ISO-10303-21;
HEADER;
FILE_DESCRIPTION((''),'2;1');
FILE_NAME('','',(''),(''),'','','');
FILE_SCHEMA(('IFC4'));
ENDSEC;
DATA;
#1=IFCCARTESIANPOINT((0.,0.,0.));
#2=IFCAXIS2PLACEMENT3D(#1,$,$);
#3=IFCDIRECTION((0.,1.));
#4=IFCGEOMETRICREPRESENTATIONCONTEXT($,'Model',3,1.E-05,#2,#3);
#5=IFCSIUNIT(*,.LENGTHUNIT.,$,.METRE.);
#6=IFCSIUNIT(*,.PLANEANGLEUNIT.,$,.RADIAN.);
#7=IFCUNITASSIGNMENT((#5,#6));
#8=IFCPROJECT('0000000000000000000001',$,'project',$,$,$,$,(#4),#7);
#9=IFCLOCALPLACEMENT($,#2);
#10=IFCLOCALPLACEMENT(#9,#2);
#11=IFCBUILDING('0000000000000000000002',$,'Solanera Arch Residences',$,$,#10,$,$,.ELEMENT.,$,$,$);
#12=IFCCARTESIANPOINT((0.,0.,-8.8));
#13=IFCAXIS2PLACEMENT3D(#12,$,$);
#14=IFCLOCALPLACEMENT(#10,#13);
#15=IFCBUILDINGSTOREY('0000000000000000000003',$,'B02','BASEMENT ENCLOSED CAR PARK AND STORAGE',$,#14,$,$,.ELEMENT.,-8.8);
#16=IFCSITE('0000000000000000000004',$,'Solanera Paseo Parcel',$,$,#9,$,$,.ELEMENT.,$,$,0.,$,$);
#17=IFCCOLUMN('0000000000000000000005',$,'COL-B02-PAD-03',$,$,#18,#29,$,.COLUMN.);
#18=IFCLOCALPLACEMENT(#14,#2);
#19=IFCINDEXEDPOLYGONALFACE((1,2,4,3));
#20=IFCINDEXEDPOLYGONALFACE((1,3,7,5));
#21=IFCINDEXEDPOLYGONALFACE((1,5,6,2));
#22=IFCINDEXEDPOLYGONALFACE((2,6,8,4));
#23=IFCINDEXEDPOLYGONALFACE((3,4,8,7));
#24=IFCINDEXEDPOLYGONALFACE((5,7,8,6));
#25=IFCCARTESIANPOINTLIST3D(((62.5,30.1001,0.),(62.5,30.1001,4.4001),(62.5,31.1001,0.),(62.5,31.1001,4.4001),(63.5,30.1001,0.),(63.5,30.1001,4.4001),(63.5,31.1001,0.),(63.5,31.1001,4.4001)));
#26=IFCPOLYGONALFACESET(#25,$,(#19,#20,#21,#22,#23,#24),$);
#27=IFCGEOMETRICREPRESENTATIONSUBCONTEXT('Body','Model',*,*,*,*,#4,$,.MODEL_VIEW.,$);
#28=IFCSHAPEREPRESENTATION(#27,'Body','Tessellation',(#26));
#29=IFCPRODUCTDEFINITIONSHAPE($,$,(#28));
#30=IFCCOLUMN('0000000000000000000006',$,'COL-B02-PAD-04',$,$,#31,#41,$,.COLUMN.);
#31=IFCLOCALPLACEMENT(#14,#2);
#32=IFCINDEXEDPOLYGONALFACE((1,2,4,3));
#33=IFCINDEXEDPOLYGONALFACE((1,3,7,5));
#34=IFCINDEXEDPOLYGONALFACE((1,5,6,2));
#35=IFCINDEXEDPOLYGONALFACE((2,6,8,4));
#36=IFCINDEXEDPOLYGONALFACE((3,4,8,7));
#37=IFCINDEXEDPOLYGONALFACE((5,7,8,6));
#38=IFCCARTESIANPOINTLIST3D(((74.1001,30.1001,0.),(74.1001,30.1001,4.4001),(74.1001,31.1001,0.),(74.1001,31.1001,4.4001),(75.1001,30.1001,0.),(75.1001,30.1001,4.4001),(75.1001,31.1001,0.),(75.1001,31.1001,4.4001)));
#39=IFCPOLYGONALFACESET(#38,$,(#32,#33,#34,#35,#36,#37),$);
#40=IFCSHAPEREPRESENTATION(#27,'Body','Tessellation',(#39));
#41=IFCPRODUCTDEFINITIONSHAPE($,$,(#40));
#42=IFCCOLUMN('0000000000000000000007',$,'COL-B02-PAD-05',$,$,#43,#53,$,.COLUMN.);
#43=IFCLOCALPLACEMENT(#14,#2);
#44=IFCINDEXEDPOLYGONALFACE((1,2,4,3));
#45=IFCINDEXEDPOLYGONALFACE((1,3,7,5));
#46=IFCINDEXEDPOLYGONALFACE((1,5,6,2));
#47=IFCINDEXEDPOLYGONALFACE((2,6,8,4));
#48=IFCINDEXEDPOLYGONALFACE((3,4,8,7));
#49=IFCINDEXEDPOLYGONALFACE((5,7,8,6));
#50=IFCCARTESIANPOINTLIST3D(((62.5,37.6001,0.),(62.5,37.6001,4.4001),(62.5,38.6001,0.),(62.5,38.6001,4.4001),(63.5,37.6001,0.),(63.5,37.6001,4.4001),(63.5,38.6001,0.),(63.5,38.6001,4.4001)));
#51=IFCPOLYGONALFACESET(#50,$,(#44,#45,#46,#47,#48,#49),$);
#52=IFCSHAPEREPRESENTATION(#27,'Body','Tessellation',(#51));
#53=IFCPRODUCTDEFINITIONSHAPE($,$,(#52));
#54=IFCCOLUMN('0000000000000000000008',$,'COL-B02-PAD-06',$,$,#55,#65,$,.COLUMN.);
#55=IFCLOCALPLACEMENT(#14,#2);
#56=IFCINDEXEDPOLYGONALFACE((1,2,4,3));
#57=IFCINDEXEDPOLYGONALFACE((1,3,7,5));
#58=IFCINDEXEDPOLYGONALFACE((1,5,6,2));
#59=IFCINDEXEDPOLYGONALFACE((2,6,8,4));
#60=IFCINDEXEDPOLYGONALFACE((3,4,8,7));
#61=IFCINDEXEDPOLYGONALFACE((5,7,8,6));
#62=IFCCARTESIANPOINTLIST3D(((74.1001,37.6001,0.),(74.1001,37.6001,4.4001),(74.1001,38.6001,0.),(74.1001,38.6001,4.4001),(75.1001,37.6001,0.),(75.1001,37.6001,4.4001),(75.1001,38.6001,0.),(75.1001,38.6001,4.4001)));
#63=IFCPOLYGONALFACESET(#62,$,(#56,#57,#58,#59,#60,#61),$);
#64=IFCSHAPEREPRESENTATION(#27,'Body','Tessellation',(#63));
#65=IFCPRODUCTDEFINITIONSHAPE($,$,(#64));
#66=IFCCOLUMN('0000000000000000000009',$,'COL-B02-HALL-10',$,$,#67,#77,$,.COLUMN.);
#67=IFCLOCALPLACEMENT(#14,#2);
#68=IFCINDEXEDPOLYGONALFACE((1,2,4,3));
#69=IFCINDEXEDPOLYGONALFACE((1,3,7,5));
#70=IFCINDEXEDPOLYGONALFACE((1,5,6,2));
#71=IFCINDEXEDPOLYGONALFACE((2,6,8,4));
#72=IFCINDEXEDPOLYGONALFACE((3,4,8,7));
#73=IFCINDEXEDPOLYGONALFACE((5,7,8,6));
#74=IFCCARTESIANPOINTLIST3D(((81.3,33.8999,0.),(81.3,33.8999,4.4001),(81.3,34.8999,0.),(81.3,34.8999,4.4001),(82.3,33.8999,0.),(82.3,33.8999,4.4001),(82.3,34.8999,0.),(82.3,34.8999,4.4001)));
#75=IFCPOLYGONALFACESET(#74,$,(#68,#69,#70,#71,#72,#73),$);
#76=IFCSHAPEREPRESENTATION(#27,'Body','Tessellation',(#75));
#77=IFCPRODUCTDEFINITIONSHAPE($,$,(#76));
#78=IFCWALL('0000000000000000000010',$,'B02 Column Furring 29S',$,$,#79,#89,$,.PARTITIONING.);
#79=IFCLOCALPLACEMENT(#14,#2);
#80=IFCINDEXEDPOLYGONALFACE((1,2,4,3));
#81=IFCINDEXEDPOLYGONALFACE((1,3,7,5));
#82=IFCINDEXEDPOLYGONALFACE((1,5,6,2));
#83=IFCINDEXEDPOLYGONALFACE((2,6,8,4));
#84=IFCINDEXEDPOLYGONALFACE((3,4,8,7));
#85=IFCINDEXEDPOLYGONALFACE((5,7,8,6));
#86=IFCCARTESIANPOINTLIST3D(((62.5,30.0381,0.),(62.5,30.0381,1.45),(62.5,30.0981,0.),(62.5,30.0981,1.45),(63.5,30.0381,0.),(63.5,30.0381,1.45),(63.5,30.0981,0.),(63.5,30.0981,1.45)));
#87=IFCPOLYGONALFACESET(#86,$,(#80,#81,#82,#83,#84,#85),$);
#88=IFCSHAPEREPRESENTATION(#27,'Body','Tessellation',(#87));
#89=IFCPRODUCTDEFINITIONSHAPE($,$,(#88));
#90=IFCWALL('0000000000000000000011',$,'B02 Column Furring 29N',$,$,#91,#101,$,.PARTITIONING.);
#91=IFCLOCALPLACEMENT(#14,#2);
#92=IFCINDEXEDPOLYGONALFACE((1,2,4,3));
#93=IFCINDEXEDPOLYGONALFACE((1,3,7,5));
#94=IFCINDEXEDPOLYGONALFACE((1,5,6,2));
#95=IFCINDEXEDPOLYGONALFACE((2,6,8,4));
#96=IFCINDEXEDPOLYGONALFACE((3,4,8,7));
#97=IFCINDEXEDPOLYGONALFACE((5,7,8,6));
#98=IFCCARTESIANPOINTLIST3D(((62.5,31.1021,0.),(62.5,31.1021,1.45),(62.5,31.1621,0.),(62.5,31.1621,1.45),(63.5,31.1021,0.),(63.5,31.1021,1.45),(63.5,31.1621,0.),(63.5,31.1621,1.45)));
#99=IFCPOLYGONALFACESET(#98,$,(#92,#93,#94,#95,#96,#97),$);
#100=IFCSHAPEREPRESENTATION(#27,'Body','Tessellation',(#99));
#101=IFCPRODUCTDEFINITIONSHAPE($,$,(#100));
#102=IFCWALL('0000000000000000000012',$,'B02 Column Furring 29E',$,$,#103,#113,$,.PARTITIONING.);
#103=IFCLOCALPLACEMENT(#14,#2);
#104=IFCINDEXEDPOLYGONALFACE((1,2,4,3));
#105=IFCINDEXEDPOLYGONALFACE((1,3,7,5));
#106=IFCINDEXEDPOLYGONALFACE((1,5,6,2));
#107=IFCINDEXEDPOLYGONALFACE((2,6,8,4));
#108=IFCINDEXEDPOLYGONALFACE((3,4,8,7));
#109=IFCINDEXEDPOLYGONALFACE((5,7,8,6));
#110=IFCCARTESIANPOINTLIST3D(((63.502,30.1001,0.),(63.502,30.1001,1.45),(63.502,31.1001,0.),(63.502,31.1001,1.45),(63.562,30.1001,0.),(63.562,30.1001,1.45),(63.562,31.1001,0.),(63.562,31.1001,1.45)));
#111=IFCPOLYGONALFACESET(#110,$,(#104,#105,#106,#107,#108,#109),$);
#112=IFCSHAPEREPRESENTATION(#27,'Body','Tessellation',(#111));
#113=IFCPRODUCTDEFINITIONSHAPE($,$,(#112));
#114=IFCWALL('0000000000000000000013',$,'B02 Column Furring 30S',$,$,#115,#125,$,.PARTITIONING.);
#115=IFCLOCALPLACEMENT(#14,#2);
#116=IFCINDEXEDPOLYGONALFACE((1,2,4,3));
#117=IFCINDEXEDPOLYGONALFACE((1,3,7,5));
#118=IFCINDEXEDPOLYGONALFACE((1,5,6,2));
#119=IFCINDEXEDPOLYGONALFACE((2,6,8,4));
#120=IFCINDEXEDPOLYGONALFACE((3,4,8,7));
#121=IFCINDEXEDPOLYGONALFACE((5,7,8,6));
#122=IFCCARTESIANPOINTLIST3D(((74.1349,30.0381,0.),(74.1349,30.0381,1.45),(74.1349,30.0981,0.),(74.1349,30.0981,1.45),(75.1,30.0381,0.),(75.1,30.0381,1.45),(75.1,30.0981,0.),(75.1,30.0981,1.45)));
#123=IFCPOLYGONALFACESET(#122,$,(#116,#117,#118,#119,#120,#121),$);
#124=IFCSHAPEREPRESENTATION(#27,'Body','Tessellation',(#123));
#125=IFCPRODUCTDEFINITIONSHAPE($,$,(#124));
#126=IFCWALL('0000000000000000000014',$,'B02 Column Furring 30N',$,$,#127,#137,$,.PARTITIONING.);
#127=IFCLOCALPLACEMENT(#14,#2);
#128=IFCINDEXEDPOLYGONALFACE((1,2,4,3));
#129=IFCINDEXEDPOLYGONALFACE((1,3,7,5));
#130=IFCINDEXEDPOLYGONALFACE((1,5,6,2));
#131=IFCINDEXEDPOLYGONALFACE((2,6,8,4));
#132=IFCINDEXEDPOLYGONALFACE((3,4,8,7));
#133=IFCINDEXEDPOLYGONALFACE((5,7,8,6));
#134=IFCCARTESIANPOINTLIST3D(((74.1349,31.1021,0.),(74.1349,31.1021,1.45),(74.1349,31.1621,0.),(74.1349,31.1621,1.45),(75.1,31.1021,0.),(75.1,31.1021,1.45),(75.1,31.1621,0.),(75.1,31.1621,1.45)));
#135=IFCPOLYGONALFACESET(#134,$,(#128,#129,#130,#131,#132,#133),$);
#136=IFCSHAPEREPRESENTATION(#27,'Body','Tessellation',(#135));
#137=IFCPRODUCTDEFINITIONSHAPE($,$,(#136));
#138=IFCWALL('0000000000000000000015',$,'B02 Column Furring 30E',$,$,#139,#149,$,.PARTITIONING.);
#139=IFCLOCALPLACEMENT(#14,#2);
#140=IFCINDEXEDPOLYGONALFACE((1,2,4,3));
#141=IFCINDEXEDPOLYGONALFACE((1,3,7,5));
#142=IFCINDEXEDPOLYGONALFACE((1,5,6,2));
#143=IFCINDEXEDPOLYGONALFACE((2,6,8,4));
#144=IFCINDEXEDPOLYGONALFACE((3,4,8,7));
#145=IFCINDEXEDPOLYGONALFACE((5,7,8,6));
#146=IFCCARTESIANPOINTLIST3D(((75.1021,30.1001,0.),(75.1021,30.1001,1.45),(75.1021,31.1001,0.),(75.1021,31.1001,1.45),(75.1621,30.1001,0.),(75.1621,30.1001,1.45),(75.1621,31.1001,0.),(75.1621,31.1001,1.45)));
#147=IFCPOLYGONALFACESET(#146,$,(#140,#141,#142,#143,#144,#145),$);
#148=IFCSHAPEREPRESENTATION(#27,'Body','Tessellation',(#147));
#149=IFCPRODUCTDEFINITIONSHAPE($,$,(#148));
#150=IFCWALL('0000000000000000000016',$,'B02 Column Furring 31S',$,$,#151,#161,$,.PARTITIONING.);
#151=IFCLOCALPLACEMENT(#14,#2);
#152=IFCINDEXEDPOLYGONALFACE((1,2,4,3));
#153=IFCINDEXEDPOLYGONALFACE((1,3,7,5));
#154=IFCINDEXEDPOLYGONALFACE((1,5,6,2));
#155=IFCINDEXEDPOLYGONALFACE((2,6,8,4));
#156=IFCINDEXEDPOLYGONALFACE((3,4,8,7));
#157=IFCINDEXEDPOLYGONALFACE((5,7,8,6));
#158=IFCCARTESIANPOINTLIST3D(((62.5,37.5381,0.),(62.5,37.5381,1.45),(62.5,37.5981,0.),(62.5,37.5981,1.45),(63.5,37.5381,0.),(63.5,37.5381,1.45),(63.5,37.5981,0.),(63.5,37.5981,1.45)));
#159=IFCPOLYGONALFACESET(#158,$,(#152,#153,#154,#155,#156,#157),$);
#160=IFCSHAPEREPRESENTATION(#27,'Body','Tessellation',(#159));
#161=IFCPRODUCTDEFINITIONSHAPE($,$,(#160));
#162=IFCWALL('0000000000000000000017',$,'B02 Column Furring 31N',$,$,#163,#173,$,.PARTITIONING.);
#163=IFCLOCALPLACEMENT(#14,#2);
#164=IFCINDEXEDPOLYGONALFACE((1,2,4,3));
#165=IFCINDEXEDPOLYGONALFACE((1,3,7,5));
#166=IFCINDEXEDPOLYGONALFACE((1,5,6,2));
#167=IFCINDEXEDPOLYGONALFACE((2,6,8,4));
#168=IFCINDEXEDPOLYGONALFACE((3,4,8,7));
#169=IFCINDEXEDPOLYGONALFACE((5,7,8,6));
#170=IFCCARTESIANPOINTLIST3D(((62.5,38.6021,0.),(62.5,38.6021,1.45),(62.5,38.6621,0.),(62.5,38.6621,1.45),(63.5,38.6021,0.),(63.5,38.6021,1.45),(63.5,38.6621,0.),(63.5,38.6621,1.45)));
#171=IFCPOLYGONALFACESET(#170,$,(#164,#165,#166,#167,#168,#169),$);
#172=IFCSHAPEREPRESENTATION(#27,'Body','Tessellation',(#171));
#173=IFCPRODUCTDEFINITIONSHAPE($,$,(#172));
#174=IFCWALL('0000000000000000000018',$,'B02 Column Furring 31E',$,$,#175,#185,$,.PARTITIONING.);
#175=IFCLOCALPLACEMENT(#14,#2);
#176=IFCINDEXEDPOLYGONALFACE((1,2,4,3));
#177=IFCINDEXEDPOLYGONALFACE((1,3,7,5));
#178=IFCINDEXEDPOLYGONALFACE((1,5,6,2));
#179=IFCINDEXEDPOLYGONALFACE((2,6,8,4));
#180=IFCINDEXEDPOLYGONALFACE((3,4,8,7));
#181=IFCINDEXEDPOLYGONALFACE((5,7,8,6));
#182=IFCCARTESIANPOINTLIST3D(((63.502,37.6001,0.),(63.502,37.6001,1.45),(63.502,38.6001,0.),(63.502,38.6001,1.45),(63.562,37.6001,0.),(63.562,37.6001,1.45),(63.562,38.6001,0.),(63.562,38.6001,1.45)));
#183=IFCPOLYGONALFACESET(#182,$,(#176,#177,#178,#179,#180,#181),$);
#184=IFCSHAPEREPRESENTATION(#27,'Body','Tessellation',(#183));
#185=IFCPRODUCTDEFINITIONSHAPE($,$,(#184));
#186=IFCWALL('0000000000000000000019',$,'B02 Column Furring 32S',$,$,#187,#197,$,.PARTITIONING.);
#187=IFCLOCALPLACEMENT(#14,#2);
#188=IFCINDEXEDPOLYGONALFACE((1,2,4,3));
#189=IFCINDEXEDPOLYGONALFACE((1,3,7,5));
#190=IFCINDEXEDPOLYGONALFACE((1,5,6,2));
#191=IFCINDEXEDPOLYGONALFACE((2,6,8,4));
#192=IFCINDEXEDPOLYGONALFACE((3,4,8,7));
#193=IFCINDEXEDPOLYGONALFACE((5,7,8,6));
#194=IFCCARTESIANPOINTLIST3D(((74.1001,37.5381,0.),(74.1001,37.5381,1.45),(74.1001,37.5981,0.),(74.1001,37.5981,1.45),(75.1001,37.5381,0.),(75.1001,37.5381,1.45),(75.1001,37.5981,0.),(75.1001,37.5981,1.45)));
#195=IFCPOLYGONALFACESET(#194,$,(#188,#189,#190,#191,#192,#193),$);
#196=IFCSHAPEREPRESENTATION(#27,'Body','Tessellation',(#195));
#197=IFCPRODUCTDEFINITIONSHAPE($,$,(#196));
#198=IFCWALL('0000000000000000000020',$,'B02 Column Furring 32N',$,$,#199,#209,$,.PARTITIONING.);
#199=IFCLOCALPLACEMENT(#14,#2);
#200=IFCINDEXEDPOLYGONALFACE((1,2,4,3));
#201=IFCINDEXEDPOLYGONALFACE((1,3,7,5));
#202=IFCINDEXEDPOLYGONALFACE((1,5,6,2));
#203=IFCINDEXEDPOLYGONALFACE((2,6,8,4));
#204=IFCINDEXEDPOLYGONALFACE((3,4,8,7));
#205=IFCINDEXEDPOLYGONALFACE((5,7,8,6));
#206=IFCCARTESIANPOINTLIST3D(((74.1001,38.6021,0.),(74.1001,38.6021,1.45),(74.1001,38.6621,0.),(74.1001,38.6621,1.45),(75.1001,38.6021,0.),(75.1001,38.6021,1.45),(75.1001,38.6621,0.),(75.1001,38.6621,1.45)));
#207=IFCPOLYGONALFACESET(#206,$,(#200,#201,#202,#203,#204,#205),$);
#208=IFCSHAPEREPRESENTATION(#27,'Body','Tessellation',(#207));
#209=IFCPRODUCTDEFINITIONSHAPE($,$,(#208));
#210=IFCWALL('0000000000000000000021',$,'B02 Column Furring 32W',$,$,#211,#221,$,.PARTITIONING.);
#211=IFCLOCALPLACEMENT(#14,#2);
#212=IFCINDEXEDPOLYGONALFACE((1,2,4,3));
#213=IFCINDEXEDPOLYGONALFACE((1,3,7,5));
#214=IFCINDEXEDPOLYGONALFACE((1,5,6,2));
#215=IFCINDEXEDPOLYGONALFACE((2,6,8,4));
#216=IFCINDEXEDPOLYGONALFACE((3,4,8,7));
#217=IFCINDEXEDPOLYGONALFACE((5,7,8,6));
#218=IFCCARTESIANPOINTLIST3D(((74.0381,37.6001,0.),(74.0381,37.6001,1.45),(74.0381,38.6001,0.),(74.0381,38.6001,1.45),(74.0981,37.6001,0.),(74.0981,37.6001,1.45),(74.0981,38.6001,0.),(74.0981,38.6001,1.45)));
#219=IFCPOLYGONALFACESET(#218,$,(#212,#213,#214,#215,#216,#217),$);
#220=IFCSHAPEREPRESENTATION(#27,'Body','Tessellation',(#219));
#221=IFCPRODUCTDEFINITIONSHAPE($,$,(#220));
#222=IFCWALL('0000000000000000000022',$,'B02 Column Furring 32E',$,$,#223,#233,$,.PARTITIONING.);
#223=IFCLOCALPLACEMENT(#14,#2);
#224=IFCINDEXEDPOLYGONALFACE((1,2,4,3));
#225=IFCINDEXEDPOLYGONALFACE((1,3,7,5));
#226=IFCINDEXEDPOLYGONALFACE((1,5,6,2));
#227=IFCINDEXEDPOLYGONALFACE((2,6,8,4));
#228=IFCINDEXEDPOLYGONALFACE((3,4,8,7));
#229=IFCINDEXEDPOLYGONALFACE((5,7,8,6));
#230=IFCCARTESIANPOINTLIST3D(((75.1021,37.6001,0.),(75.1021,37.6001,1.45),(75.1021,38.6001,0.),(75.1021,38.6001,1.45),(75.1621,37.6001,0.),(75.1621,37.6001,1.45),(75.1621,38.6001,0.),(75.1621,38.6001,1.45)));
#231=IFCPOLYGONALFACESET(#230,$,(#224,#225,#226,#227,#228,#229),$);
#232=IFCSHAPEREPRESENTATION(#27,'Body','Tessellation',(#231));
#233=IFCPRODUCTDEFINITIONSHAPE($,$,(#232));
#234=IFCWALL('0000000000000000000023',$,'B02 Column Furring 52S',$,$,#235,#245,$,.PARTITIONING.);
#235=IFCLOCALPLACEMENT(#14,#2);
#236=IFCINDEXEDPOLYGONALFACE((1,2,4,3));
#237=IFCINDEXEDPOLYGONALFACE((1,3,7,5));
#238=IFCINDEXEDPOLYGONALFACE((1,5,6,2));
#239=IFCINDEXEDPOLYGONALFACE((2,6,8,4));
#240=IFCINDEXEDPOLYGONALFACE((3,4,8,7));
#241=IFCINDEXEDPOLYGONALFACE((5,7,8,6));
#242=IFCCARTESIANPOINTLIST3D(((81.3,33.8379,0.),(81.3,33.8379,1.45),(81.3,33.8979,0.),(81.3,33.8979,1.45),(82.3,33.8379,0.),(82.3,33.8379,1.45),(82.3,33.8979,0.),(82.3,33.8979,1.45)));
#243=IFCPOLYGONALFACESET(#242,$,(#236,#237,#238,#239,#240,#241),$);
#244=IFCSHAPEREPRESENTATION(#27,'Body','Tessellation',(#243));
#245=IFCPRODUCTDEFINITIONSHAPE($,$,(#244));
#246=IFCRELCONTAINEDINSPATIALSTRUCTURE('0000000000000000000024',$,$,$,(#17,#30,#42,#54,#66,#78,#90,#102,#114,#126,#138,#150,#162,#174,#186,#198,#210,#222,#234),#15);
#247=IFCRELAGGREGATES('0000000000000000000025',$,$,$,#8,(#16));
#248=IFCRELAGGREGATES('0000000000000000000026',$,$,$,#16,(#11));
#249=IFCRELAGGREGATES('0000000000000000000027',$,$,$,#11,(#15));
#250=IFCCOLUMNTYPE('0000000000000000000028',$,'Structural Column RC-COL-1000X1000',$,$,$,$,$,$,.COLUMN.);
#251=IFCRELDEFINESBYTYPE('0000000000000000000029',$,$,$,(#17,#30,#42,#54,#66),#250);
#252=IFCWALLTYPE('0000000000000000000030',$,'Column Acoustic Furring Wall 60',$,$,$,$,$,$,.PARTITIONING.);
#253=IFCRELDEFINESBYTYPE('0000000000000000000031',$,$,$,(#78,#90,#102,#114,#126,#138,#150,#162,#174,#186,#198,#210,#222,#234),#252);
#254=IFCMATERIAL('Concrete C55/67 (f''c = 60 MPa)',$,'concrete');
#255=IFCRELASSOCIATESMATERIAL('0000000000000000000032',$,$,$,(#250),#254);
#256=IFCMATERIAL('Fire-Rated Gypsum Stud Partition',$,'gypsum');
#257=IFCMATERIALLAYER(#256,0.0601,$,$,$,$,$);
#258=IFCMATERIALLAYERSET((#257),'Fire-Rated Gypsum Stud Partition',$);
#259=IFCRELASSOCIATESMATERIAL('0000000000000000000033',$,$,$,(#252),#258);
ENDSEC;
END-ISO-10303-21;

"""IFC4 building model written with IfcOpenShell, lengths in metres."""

from ifc_helpers import new_model, si_unit, direction, frame, frame_2d, origin, origin_2d, place, context, subcontext, project, spatial, rectangle, extrude, material, layer, layer_set, material_profile, profile_set, type_object, element, save


model = new_model("IFC4")

# Units and contexts
model_context = context("Model", 3, precision=1e-05, world=origin(), true_north=direction((0.0, 1.0)))
body_context = subcontext(model_context, "Body", "Model", "MODEL_VIEW")
ifc_project = project(units=[si_unit("LENGTHUNIT", "METRE"), si_unit("PLANEANGLEUNIT", "RADIAN")], contexts=[model_context])

# Site, building, storey
site_placement = place(None, origin())
site = spatial("IfcSite", under=ifc_project, at=site_placement, Name="Solanera Paseo Parcel", CompositionType="ELEMENT", RefElevation=0.0)
building_placement = place(site_placement, origin())
building = spatial("IfcBuilding", under=site, at=building_placement, Name="Solanera Arch Residences", CompositionType="ELEMENT")
storey_placement = place(building_placement, frame((0.0, 0.0, -8.8)))
storey = spatial("IfcBuildingStorey", under=building, at=storey_placement, Name="B02", Description="BASEMENT ENCLOSED CAR PARK AND STORAGE", CompositionType="ELEMENT", Elevation=-8.8)

# Columns
ifc_material_1 = material(Name="Concrete C55/67 (f'c = 60 MPa)", Category="concrete")
ifc_material_profile = material_profile(ifc_material_1, rectangle(XDim=1.0, YDim=1.0, at=origin_2d()))
ifc_profile_set = profile_set([ifc_material_profile], Name="Concrete C55/67 (f'c = 60 MPa)")
column_type = type_object("IfcColumnType", Name="Structural Column RC-COL-1000X1000", PredefinedType="COLUMN", material=ifc_profile_set)
for number, where, z_axis, x_axis, name in (
    (1, (63.0, 30.6001, 0.0), (0.0, 0.0, 1.0), (1.0, 0.0, 0.0), "COL-B02-PAD-03"),
    (2, (74.6001, 30.6001, 0.0), (0.0, 0.0, 1.0), (1.0, 0.0, 0.0), "COL-B02-PAD-04"),
    (3, (63.0, 38.1001, 0.0), (0.0, 0.0, 1.0), (1.0, 0.0, 0.0), "COL-B02-PAD-05"),
    (4, (74.6001, 38.1001, 0.0), (0.0, 0.0, 1.0), (1.0, 0.0, 0.0), "COL-B02-PAD-06"),
    (5, (81.8, 34.3999, 0.0), (0.0, 0.0, 1.0), (1.0, 0.0, 0.0), "COL-B02-HALL-10"),
):
    element("IfcColumn", number, at=place(storey_placement, frame(where, z_axis=z_axis, x_axis=x_axis)), inside=storey, type_object=column_type, Name=name, PredefinedType="COLUMN", context=body_context, shape_type="SweptSolid", body=[
        extrude(rectangle(XDim=1.0, YDim=1.0, at=origin_2d()), origin(), (0.0, 0.0, 1.0), 4.4001),
    ])

# Walls
ifc_material_2 = material(Name="Fire-Rated Gypsum Stud Partition", Category="gypsum")
ifc_layer_1 = layer(ifc_material_2, 0.0601)
ifc_layer_set_1 = layer_set([ifc_layer_1], Name="Fire-Rated Gypsum Stud Partition")
wall_type_1 = type_object("IfcWallType", Name="Column Acoustic Furring Wall 60", PredefinedType="PARTITIONING", material=ifc_layer_set_1)
for number, where, z_axis, x_axis, name in (
    (6, (62.5, 30.0681, 0.0), (0.0, 0.0, 1.0), (1.0, 0.0, 0.0), "B02 Column Furring 29S"),
    (7, (62.5, 31.1321, 0.0), (0.0, 0.0, 1.0), (1.0, 0.0, 0.0), "B02 Column Furring 29N"),
    (8, (63.532, 30.1001, 0.0), (0.0, 0.0, 1.0), (0.0, 1.0, 0.0), "B02 Column Furring 29E"),
):
    element("IfcWall", number, at=place(storey_placement, frame(where, z_axis=z_axis, x_axis=x_axis)), inside=storey, type_object=wall_type_1, Name=name, PredefinedType="PARTITIONING", context=body_context, shape_type="SweptSolid", body=[
        extrude(rectangle(XDim=1.0, YDim=0.0601, at=frame_2d((0.5, 0.0))), origin(), (0.0, 0.0, 1.0), 1.45),
    ])
for number, where, z_axis, x_axis, name in (
    (9, (74.135, 30.0681, 0.0), (0.0, 0.0, 1.0), (1.0, 0.0, 0.0), "B02 Column Furring 30S"),
    (10, (74.135, 31.1321, 0.0), (0.0, 0.0, 1.0), (1.0, 0.0, 0.0), "B02 Column Furring 30N"),
):
    element("IfcWall", number, at=place(storey_placement, frame(where, z_axis=z_axis, x_axis=x_axis)), inside=storey, type_object=wall_type_1, Name=name, PredefinedType="PARTITIONING", context=body_context, shape_type="SweptSolid", body=[
        extrude(rectangle(XDim=0.9651, YDim=0.0601, at=frame_2d((0.4824, 0.0))), origin(), (0.0, 0.0, 1.0), 1.45),
    ])
for number, where, z_axis, x_axis, name in (
    (11, (75.1321, 30.1001, 0.0), (0.0, 0.0, 1.0), (0.0, 1.0, 0.0), "B02 Column Furring 30E"),
    (12, (62.5, 37.5681, 0.0), (0.0, 0.0, 1.0), (1.0, 0.0, 0.0), "B02 Column Furring 31S"),
    (13, (62.5, 38.6321, 0.0), (0.0, 0.0, 1.0), (1.0, 0.0, 0.0), "B02 Column Furring 31N"),
    (14, (63.532, 37.6001, 0.0), (0.0, 0.0, 1.0), (0.0, 1.0, 0.0), "B02 Column Furring 31E"),
    (15, (74.1001, 37.5681, 0.0), (0.0, 0.0, 1.0), (1.0, 0.0, 0.0), "B02 Column Furring 32S"),
    (16, (74.1001, 38.6321, 0.0), (0.0, 0.0, 1.0), (1.0, 0.0, 0.0), "B02 Column Furring 32N"),
    (17, (74.0681, 37.6001, 0.0), (0.0, 0.0, 1.0), (0.0, 1.0, 0.0), "B02 Column Furring 32W"),
    (18, (75.1321, 37.6001, 0.0), (0.0, 0.0, 1.0), (0.0, 1.0, 0.0), "B02 Column Furring 32E"),
    (19, (81.3, 33.8679, 0.0), (0.0, 0.0, 1.0), (1.0, 0.0, 0.0), "B02 Column Furring 52S"),
):
    element("IfcWall", number, at=place(storey_placement, frame(where, z_axis=z_axis, x_axis=x_axis)), inside=storey, type_object=wall_type_1, Name=name, PredefinedType="PARTITIONING", context=body_context, shape_type="SweptSolid", body=[
        extrude(rectangle(XDim=1.0, YDim=0.0601, at=frame_2d((0.5, 0.0))), origin(), (0.0, 0.0, 1.0), 1.45),
    ])

save(model, "model.ifc")
